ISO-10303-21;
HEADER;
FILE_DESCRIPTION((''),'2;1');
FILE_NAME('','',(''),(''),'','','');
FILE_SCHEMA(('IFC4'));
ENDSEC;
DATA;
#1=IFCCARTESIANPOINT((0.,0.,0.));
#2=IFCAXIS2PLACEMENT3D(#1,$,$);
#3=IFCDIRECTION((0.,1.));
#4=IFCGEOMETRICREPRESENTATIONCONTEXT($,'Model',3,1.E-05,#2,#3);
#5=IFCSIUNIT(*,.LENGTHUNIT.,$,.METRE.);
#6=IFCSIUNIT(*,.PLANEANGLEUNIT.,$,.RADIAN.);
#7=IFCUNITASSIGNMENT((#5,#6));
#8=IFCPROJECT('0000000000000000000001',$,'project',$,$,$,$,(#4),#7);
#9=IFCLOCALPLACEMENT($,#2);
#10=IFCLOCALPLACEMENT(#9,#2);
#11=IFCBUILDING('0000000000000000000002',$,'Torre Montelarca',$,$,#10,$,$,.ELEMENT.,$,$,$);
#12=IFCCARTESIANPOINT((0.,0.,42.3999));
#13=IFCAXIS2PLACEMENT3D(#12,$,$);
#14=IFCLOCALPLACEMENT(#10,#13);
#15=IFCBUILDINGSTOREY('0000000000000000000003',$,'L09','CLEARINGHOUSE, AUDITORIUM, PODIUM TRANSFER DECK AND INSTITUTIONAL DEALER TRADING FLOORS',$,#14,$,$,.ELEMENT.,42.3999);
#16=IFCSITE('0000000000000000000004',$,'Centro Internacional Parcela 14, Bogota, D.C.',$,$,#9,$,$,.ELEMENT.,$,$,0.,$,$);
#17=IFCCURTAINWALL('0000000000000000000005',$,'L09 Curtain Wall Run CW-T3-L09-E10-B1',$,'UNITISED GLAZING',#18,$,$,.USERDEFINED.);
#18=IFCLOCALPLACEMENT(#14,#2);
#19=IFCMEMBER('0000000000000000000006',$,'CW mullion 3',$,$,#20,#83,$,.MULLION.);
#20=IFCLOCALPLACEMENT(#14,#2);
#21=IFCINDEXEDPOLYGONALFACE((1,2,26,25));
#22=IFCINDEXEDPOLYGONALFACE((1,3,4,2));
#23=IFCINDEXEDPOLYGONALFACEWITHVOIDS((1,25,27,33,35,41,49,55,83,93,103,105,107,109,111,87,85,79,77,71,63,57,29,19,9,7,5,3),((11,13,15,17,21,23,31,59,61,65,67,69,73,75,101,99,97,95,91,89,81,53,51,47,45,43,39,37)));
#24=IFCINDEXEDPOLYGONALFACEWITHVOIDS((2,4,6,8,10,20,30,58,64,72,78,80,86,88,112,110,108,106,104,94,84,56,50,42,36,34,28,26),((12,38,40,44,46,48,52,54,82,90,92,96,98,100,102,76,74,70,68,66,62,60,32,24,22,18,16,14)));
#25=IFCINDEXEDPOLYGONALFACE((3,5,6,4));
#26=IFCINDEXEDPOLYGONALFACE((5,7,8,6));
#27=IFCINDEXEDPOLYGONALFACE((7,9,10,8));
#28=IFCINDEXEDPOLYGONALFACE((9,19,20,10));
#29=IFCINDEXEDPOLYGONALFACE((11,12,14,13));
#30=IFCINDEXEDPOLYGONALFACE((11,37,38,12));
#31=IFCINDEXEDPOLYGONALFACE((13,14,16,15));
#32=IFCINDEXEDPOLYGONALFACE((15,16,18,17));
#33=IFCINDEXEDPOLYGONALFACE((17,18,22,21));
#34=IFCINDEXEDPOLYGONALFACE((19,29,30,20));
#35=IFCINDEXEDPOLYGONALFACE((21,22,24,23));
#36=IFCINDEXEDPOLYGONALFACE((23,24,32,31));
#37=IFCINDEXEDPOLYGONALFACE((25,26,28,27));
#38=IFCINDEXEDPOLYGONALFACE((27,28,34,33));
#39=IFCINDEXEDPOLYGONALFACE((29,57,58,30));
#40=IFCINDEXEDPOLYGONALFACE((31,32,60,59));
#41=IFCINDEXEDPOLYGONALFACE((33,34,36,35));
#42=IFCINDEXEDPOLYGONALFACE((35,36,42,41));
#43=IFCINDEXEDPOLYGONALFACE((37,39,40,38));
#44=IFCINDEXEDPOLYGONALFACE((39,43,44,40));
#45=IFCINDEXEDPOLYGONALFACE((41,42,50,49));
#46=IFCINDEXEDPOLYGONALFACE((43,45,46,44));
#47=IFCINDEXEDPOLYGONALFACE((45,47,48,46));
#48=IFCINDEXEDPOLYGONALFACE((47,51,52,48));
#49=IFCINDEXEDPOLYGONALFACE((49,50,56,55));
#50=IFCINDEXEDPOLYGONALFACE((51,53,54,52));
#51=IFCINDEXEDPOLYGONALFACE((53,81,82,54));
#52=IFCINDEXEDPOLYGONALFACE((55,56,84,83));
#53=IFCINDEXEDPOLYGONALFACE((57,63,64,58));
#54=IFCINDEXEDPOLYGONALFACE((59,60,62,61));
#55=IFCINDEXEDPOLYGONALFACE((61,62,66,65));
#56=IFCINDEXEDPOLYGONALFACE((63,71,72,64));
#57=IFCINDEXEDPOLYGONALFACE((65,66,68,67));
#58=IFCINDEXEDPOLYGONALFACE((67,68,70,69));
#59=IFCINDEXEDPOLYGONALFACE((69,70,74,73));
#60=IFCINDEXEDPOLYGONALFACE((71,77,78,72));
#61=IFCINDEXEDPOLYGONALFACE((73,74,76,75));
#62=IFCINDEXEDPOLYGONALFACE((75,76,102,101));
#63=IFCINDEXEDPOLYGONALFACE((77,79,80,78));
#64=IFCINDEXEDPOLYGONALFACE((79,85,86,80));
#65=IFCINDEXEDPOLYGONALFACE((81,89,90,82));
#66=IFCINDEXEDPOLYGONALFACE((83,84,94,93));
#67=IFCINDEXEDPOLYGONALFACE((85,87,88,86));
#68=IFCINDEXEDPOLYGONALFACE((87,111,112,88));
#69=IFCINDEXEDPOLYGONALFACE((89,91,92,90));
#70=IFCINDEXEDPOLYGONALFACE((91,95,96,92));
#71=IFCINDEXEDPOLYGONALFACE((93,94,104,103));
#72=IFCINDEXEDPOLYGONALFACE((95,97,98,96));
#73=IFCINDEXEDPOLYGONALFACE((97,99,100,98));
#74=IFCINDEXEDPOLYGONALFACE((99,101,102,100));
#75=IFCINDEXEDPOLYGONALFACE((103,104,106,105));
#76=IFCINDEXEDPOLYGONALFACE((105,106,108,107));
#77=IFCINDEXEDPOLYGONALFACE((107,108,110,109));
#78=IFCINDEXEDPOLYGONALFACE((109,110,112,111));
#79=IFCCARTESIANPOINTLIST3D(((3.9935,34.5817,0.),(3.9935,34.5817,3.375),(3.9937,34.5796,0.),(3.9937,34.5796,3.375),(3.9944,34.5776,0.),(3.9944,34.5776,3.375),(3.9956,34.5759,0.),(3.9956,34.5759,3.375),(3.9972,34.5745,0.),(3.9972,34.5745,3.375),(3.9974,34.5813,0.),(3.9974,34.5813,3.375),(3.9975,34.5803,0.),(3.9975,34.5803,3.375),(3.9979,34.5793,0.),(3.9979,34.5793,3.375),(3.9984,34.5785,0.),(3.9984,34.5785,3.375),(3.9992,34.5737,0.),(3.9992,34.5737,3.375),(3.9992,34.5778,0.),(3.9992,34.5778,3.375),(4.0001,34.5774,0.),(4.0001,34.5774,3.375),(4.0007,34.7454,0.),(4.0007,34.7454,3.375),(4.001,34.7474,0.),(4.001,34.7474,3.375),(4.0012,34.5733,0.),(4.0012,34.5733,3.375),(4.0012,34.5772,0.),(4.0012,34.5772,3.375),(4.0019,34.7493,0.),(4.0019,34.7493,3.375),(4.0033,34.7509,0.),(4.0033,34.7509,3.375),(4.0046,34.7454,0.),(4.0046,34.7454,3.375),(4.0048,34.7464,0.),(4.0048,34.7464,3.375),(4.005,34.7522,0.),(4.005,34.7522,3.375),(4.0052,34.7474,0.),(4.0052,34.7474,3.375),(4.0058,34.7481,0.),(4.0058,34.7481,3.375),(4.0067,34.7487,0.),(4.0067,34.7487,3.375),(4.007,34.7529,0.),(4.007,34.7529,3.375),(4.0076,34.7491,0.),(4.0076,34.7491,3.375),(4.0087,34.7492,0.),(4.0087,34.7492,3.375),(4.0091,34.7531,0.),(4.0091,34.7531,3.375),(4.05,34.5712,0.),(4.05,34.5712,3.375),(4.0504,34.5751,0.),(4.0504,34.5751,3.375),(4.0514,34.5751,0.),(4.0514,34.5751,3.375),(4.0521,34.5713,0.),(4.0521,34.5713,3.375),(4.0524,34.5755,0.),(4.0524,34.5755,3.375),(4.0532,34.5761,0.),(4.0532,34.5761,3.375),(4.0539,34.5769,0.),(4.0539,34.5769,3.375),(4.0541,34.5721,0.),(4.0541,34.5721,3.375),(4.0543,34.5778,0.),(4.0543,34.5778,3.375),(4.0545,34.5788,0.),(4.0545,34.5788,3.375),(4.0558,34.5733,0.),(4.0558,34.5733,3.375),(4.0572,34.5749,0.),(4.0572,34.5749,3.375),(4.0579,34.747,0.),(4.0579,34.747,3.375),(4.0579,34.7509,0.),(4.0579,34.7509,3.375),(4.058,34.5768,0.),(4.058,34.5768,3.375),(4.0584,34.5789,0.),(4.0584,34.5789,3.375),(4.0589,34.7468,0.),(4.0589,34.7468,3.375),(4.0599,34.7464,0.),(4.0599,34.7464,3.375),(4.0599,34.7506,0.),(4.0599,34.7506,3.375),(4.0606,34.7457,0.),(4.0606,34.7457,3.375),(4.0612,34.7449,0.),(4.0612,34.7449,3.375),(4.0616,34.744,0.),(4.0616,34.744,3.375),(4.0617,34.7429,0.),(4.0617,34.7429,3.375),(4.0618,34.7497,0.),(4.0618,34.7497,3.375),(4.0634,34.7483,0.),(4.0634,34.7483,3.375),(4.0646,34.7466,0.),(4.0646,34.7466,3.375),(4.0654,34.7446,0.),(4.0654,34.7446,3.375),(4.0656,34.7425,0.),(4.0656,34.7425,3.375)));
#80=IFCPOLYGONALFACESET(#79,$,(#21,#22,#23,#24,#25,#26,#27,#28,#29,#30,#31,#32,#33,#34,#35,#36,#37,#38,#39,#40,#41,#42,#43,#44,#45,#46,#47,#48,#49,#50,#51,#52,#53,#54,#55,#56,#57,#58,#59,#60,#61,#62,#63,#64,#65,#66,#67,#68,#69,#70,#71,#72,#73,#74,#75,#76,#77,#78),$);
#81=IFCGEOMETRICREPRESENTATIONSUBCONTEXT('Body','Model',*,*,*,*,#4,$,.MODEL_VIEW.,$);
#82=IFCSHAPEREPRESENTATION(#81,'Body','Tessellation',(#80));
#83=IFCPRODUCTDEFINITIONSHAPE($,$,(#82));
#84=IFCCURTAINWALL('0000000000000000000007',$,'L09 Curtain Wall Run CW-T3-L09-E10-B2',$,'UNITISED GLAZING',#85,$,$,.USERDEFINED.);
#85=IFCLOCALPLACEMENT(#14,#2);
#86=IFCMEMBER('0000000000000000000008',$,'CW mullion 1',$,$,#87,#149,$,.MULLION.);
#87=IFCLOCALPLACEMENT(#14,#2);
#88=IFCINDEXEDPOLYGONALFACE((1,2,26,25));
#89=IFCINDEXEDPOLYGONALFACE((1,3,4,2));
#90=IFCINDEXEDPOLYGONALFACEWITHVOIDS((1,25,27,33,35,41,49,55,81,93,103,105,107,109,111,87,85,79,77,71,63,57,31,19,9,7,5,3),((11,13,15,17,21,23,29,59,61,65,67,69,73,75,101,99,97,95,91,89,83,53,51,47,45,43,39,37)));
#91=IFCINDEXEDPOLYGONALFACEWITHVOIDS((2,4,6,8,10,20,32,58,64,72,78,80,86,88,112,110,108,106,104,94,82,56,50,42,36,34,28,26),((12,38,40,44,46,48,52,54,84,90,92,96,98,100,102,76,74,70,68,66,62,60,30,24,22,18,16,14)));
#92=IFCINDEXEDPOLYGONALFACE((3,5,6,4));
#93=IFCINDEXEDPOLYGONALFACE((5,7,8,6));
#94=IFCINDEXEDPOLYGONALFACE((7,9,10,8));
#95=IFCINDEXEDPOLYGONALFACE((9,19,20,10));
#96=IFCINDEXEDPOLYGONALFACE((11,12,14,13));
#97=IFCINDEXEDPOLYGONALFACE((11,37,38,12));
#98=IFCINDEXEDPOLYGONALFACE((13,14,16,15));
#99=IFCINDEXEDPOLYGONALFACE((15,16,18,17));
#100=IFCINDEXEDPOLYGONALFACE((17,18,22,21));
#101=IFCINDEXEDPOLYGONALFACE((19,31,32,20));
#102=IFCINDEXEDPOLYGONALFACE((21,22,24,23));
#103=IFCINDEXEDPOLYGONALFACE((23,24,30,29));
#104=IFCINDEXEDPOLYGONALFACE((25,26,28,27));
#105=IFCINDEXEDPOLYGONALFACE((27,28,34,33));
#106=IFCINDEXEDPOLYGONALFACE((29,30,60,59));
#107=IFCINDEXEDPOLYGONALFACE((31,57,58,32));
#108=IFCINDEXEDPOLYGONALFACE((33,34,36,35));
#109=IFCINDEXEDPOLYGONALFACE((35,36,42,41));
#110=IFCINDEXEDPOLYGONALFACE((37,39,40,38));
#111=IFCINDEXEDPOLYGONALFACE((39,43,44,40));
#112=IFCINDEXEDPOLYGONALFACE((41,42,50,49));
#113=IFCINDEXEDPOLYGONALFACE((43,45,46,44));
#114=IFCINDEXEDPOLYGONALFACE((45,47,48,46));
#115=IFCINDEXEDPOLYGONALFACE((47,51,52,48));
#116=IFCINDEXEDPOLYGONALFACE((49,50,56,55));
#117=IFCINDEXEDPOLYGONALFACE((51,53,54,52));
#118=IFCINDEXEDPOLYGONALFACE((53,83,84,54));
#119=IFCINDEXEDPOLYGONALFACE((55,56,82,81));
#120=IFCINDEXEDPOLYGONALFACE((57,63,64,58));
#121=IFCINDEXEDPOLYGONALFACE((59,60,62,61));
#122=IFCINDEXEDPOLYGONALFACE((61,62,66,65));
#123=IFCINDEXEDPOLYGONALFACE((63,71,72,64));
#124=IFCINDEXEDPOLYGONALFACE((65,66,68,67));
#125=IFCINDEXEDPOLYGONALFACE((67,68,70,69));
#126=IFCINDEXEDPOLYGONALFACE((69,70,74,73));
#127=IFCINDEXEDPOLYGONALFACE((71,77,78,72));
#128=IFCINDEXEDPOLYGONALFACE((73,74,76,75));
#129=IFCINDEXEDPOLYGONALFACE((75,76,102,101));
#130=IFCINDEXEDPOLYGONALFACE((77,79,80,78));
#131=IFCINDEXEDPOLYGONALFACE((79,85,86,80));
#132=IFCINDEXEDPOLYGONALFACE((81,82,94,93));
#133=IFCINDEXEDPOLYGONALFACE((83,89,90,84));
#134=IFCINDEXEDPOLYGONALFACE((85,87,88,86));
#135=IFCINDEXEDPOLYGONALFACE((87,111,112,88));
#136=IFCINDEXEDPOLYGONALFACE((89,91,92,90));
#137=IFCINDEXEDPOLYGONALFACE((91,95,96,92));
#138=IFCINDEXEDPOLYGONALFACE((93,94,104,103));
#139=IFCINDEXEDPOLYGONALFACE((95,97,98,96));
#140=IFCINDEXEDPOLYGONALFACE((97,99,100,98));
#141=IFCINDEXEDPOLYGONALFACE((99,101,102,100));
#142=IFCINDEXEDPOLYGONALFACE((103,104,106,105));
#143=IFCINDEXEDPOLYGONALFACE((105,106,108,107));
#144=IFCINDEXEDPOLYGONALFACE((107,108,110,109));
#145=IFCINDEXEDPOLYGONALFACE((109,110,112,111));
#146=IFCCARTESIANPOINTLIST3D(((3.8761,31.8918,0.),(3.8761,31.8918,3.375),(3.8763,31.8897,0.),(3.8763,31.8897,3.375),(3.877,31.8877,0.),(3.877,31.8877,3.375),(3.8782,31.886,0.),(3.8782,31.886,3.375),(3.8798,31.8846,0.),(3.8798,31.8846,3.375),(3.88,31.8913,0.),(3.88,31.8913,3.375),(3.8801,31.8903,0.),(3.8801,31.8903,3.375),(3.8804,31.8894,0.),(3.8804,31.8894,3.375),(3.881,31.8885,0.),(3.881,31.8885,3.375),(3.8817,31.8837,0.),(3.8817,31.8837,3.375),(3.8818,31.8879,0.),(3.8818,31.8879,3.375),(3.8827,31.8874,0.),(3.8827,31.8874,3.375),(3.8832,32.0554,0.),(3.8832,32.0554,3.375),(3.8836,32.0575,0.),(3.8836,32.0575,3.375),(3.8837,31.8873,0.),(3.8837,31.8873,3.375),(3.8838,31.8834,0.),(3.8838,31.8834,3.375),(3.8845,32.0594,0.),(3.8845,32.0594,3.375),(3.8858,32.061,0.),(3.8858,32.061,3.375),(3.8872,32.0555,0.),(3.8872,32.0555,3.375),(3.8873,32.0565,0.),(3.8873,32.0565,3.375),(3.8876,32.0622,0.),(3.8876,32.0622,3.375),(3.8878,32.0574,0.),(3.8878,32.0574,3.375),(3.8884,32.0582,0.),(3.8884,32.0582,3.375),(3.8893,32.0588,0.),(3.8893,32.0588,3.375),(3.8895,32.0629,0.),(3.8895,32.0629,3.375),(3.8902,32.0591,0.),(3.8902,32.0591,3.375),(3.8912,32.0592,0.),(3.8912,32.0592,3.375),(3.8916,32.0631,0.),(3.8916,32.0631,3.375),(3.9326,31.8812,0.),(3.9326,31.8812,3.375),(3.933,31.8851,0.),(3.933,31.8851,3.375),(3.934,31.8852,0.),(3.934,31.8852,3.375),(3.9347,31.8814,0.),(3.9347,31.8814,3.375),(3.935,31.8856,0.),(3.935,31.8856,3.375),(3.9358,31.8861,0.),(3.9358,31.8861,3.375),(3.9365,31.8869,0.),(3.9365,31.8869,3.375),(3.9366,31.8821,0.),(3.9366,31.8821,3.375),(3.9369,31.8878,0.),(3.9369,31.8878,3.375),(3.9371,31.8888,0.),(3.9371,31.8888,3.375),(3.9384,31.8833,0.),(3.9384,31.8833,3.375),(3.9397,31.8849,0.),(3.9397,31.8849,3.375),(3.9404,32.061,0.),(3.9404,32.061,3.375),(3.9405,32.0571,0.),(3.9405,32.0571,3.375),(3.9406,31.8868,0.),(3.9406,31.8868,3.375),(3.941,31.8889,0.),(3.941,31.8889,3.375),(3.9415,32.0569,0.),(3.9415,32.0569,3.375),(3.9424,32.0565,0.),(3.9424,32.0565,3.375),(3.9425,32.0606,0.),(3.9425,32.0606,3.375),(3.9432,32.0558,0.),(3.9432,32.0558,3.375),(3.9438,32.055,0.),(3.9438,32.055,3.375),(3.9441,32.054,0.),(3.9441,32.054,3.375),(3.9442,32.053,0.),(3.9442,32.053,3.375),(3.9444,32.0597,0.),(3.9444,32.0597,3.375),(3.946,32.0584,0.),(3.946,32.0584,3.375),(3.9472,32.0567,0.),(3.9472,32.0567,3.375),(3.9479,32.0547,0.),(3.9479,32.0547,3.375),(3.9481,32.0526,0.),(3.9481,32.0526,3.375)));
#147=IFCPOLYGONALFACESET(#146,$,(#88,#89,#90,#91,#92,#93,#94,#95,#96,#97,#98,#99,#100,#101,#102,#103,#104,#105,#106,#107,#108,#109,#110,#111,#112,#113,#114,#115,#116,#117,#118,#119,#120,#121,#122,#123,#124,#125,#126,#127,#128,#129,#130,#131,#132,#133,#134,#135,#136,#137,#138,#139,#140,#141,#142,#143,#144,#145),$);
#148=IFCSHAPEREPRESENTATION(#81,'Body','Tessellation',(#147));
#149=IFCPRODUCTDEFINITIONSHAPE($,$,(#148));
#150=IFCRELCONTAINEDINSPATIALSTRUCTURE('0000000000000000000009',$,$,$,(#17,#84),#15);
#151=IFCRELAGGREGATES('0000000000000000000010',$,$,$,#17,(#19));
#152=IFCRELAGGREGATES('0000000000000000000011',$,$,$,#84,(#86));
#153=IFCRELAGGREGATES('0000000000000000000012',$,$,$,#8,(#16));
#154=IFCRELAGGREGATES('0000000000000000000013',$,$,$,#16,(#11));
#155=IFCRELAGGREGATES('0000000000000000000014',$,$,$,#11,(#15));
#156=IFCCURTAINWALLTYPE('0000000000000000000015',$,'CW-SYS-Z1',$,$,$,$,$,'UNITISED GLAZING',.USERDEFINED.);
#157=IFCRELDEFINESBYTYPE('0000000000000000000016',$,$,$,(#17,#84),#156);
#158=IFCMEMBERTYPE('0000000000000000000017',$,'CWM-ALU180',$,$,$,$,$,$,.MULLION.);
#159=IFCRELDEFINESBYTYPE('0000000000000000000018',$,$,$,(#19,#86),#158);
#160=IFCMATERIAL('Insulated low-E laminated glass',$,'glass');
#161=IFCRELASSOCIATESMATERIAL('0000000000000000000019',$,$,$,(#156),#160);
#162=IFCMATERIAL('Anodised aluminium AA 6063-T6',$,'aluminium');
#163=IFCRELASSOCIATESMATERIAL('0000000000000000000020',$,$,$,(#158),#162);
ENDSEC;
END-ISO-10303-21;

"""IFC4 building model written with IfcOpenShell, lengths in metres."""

from ifc_helpers import new_model, si_unit, direction, frame, origin, origin_2d, place, context, subcontext, project, spatial, hollow_rectangle, extrude, source, transform, mapped, material, material_profile, profile_set, type_object, element, aggregate, save


model = new_model("IFC4")

# Units and contexts
model_context = context("Model", 3, precision=1e-05, world=origin(), true_north=direction((0.0, 1.0)))
body_context = subcontext(model_context, "Body", "Model", "MODEL_VIEW")
ifc_project = project(units=[si_unit("LENGTHUNIT", "METRE"), si_unit("PLANEANGLEUNIT", "RADIAN")], contexts=[model_context])

# Site, building, storey
site_placement = place(None, origin())
site = spatial("IfcSite", under=ifc_project, at=site_placement, Name="Centro Internacional Parcela 14, Bogota, D.C.", CompositionType="ELEMENT", RefElevation=0.0)
building_placement = place(site_placement, origin())
building = spatial("IfcBuilding", under=site, at=building_placement, Name="Torre Montelarca", CompositionType="ELEMENT")
storey_placement = place(building_placement, frame((0.0, 0.0, 42.3999)))
storey = spatial("IfcBuildingStorey", under=building, at=storey_placement, Name="L09", Description="CLEARINGHOUSE, AUDITORIUM, PODIUM TRANSFER DECK AND INSTITUTIONAL DEALER TRADING FLOORS", CompositionType="ELEMENT", Elevation=42.3999)

# Curtain walls, members
ifc_material_1 = material(Name="Insulated low-E laminated glass", Category="glass")
curtain_wall_type = type_object("IfcCurtainWallType", Name="CW-SYS-Z1", ElementType="UNITISED GLAZING", PredefinedType="USERDEFINED", material=ifc_material_1)
curtain_wall_1_placement = place(storey_placement, origin())
curtain_wall_1 = element("IfcCurtainWall", 1, at=curtain_wall_1_placement, inside=storey, type_object=curtain_wall_type, Name="L09 Curtain Wall Run CW-T3-L09-E10-B1", ObjectType="UNITISED GLAZING", PredefinedType="USERDEFINED")
ifc_material_2 = material(Name="Anodised aluminium AA 6063-T6", Category="aluminium")
ifc_material_profile_1 = material_profile(ifc_material_2, hollow_rectangle(XDim=0.0649, YDim=0.1799, WallThickness=0.0039, InnerFilletRadius=0.0039, OuterFilletRadius=0.0081, at=origin_2d()), Name="ALU65X180X4", Category="aluminium")
ifc_profile_set_1 = profile_set([ifc_material_profile_1], Name="Anodised aluminium AA 6063-T6")
member_type_1 = type_object("IfcMemberType", Name="CWM-ALU180", PredefinedType="MULLION", material=ifc_profile_set_1)
shared_shape_1 = source(origin(), body_context, "Body", "SweptSolid", [
    extrude(hollow_rectangle(XDim=0.0649, YDim=0.1799, WallThickness=0.0039, InnerFilletRadius=0.0039, OuterFilletRadius=0.0081, at=origin_2d()), origin(), (0.0, 0.0, 1.0), 3.375),
])
member_1_placement = place(storey_placement, frame((4.0295, 34.6621, 0.0), z_axis=(0.0, 0.0, 1.0), x_axis=(0.999049, -0.043607, 0.0)))
member_1 = element("IfcMember", 2, at=member_1_placement, type_object=member_type_1, Name="CW mullion 3", PredefinedType="MULLION", context=body_context, shape_type="MappedRepresentation", body=[
    mapped(shared_shape_1, transform((0.0, 0.0, 0.0), scale=1.0)),
])
curtain_wall_2_placement = place(storey_placement, origin())
curtain_wall_2 = element("IfcCurtainWall", 3, at=curtain_wall_2_placement, inside=storey, type_object=curtain_wall_type, Name="L09 Curtain Wall Run CW-T3-L09-E10-B2", ObjectType="UNITISED GLAZING", PredefinedType="USERDEFINED")
member_2_placement = place(storey_placement, frame((3.9121, 31.9722, 0.0), z_axis=(0.0, 0.0, 1.0), x_axis=(0.999048, -0.043629, 0.0)))
member_2 = element("IfcMember", 4, at=member_2_placement, type_object=member_type_1, Name="CW mullion 1", PredefinedType="MULLION", context=body_context, shape_type="MappedRepresentation", body=[
    mapped(shared_shape_1, transform((0.0, 0.0, 0.0), scale=1.0)),
])

aggregate(curtain_wall_1, [member_1])
aggregate(curtain_wall_2, [member_2])

save(model, "model.ifc")
